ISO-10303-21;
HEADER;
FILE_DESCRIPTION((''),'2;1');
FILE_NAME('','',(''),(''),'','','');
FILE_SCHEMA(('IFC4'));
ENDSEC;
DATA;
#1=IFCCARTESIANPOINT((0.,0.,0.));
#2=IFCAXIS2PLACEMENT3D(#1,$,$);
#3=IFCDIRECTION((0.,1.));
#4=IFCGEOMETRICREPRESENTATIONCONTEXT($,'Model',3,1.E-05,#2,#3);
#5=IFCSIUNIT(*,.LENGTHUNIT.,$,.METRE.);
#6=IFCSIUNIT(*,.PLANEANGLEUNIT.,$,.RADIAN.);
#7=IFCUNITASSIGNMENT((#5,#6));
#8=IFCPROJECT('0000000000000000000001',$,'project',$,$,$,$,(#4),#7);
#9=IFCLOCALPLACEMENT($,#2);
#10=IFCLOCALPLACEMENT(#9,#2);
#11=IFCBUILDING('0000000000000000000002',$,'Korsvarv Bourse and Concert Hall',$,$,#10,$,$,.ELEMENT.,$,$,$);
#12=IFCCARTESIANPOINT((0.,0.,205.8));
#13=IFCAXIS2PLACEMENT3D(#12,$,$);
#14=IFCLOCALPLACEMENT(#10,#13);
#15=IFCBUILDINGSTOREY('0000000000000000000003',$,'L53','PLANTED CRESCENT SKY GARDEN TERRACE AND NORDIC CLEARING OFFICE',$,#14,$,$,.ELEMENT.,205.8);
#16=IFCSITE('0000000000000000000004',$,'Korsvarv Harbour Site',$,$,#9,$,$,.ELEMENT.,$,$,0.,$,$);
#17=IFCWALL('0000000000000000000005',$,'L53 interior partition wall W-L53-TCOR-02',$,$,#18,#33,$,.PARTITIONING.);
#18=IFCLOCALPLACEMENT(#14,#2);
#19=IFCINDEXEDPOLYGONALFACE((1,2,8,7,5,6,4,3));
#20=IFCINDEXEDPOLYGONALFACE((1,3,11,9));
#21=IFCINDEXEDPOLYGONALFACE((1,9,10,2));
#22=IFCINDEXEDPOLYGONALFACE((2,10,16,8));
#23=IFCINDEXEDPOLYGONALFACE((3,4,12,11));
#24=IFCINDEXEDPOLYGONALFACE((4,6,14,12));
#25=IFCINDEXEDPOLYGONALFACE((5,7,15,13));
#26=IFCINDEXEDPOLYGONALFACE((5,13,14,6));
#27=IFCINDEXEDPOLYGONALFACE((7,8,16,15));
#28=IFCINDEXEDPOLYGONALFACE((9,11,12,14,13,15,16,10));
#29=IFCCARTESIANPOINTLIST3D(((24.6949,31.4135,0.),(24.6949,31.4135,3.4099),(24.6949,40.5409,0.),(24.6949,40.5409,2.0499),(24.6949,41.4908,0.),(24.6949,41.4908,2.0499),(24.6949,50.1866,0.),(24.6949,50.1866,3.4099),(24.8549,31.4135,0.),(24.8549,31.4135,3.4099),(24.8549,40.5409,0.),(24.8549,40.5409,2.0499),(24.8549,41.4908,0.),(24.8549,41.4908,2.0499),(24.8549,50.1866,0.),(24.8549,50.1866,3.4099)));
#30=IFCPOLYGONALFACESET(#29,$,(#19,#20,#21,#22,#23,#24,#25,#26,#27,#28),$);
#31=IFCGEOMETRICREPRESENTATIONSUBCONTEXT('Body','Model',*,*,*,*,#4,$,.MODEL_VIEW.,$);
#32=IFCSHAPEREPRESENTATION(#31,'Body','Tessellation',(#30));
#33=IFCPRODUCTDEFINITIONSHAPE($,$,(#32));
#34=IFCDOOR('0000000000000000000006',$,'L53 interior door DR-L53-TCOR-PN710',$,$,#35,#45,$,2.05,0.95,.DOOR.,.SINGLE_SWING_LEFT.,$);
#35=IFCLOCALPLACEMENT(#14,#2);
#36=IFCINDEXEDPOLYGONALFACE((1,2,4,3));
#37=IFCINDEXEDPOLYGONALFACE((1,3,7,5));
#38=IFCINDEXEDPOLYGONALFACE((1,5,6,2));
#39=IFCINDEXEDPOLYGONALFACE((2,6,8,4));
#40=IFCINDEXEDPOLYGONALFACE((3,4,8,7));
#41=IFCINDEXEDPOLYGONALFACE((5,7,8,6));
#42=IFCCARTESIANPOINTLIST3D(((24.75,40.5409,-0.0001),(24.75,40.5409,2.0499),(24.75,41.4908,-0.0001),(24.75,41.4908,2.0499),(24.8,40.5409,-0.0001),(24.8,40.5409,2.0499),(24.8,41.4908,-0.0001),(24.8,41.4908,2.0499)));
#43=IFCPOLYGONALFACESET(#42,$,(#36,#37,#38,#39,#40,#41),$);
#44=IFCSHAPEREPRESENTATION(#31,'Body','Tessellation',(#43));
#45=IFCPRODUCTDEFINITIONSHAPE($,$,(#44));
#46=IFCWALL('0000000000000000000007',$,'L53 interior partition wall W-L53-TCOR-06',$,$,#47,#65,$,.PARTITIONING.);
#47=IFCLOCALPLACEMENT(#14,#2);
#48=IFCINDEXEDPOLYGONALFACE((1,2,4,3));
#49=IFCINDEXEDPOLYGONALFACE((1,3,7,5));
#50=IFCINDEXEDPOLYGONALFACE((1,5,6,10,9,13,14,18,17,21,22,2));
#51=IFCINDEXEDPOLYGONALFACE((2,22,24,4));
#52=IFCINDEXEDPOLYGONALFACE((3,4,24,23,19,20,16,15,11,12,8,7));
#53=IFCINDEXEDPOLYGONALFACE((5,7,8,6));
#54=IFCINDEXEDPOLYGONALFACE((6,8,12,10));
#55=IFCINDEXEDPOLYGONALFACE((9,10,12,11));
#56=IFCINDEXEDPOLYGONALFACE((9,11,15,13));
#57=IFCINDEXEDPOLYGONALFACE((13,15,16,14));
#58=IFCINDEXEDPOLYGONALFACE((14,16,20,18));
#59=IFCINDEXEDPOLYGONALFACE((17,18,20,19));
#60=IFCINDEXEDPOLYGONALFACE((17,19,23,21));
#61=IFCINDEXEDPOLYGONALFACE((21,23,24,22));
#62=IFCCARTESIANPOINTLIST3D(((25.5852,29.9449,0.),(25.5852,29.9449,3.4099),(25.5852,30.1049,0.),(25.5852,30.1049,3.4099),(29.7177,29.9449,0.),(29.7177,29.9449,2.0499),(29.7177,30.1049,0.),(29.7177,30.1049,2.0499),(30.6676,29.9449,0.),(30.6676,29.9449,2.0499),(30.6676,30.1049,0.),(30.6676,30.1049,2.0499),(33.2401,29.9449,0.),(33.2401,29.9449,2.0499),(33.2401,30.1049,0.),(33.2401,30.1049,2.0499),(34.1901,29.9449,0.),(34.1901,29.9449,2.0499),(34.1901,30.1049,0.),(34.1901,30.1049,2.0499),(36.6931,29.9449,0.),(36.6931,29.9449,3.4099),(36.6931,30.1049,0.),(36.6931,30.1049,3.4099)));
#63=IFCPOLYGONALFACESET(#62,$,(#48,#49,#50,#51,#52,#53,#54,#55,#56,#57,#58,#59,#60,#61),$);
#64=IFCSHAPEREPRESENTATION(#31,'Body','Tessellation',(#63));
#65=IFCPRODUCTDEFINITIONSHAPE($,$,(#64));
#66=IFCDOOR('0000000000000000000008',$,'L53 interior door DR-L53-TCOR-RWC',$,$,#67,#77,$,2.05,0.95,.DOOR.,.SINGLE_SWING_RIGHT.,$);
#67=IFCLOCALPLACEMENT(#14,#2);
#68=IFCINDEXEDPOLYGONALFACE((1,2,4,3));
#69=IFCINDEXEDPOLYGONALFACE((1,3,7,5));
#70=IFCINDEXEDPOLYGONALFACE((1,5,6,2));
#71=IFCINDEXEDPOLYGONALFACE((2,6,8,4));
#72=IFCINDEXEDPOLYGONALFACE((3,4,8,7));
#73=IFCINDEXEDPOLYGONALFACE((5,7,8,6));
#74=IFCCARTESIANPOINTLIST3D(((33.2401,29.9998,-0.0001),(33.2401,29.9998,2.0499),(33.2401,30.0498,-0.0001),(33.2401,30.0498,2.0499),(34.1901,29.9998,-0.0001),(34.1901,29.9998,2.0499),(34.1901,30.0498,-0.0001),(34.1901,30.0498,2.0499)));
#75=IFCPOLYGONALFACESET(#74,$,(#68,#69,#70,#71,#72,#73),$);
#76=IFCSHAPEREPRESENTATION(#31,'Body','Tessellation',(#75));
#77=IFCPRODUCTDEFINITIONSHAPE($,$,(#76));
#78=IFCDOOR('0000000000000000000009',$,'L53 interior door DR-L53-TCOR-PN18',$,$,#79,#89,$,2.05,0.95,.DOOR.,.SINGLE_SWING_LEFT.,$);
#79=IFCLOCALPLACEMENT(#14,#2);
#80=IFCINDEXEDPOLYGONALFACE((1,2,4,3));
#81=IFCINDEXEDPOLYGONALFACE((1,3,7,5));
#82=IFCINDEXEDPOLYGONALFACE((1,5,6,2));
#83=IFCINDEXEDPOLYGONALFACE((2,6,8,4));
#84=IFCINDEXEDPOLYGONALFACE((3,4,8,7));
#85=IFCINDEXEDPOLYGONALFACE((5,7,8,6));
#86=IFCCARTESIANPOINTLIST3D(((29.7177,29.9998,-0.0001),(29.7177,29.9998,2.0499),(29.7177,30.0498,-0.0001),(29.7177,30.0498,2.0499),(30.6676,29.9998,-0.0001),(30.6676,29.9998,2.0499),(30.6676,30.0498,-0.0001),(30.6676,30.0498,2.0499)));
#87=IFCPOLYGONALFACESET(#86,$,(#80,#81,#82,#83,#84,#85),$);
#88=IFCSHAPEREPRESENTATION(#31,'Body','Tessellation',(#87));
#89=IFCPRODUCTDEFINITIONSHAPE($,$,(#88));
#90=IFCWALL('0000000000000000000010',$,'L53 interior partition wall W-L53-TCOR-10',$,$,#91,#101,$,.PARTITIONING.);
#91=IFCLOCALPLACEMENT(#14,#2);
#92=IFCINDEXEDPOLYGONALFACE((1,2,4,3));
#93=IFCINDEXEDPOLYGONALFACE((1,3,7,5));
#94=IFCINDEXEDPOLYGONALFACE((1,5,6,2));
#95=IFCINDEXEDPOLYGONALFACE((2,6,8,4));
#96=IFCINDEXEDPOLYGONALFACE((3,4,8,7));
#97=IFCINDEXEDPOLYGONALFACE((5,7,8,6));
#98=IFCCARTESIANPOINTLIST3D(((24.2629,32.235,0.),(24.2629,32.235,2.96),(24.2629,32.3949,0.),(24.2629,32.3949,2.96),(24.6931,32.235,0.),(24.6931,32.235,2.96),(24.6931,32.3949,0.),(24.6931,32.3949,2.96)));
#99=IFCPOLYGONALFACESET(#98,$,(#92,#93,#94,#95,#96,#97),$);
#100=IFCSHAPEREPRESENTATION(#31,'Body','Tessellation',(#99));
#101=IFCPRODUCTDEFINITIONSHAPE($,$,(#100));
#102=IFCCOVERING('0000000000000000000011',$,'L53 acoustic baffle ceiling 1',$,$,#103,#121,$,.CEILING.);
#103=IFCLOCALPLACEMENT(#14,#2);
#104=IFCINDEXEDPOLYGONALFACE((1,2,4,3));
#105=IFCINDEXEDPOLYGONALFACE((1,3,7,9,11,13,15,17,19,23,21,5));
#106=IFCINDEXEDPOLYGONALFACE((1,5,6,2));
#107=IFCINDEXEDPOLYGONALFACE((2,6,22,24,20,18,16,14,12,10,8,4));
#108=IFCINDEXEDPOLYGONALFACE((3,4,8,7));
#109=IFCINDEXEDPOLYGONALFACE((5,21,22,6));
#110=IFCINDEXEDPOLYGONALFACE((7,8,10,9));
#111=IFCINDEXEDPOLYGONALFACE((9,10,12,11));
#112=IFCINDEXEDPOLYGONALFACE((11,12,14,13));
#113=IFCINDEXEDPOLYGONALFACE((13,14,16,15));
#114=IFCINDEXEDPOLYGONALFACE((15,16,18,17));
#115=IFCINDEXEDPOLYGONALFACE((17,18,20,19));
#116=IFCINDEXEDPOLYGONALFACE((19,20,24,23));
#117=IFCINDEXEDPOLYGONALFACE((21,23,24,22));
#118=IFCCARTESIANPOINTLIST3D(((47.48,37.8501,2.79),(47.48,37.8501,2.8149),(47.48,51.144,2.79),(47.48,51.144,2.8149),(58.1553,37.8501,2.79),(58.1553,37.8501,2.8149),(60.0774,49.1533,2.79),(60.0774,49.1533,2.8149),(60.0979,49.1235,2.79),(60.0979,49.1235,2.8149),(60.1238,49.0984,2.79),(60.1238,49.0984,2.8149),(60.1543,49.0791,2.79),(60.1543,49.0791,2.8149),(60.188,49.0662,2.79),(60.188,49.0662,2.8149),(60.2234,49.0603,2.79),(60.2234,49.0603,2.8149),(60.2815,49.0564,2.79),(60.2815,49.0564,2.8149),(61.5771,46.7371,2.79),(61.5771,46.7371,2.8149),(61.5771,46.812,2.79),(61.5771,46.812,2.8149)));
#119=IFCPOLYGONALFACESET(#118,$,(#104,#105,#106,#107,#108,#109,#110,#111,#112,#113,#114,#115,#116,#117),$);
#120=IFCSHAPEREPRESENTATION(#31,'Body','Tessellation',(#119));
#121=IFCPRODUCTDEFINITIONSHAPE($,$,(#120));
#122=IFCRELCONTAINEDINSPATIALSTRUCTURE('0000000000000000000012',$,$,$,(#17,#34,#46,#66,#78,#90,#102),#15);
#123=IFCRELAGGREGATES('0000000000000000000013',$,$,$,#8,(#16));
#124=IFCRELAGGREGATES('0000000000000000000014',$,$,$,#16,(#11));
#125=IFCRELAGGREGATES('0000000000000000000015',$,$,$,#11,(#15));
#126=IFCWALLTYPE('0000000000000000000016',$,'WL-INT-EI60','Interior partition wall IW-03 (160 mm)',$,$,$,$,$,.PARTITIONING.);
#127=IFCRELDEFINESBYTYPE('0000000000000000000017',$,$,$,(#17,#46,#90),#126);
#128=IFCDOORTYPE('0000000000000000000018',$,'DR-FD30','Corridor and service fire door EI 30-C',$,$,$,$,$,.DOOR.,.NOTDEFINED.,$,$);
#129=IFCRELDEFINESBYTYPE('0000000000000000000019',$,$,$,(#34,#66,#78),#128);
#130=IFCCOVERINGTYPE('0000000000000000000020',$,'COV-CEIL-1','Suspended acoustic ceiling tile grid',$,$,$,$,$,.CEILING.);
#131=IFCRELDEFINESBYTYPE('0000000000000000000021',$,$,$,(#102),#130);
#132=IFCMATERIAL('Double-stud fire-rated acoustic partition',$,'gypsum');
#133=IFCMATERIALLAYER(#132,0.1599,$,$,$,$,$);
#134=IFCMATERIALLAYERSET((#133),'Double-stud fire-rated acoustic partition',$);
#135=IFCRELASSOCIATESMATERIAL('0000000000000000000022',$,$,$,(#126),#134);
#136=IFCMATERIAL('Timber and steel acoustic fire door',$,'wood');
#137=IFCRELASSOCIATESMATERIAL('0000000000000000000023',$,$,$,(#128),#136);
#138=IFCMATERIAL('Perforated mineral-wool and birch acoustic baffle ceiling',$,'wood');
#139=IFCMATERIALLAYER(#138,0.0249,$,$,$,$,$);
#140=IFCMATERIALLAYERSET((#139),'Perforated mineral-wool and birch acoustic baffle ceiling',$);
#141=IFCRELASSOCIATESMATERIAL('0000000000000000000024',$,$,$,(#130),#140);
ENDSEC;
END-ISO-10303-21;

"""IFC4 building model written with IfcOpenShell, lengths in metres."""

from ifc_helpers import new_model, si_unit, direction, frame, frame_2d, origin, place, context, subcontext, project, spatial, polyline, rectangle, outline, extrude, material, layer, layer_set, type_object, element, fill, save


model = new_model("IFC4")

# Units and contexts
model_context = context("Model", 3, precision=1e-05, world=origin(), true_north=direction((0.0, 1.0)))
body_context = subcontext(model_context, "Body", "Model", "MODEL_VIEW")
ifc_project = project(units=[si_unit("LENGTHUNIT", "METRE"), si_unit("PLANEANGLEUNIT", "RADIAN")], contexts=[model_context])

# Site, building, storey
site_placement = place(None, origin())
site = spatial("IfcSite", under=ifc_project, at=site_placement, Name="Korsvarv Harbour Site", CompositionType="ELEMENT", RefElevation=0.0)
building_placement = place(site_placement, origin())
building = spatial("IfcBuilding", under=site, at=building_placement, Name="Korsvarv Bourse and Concert Hall", CompositionType="ELEMENT")
storey_placement = place(building_placement, frame((0.0, 0.0, 205.8)))
storey = spatial("IfcBuildingStorey", under=building, at=storey_placement, Name="L53", Description="PLANTED CRESCENT SKY GARDEN TERRACE AND NORDIC CLEARING OFFICE", CompositionType="ELEMENT", Elevation=205.8)

# Wall, opening, door
ifc_material_1 = material(Name="Double-stud fire-rated acoustic partition", Category="gypsum")
ifc_layer_1 = layer(ifc_material_1, 0.1599)
ifc_layer_set_1 = layer_set([ifc_layer_1], Name="Double-stud fire-rated acoustic partition")
wall_type = type_object("IfcWallType", Name="WL-INT-EI60", Description="Interior partition wall IW-03 (160 mm)", PredefinedType="PARTITIONING", material=ifc_layer_set_1)
wall_1_placement = place(storey_placement, frame((24.7749, 31.4133, 0.0), z_axis=(0.0, 0.0, 1.0), x_axis=(0.0, 1.0, 0.0)))
wall_1 = element("IfcWall", 1, at=wall_1_placement, inside=storey, type_object=wall_type, Name="L53 interior partition wall W-L53-TCOR-02", PredefinedType="PARTITIONING", context=body_context, shape_type="SweptSolid", body=[
    extrude(rectangle(XDim=18.7732, YDim=0.1599, at=frame_2d((9.3867, 0.0))), origin(), (0.0, 0.0, 1.0), 3.4099),
])
opening_1_placement = place(wall_1_placement, frame((9.1274, 0.0, 0.0)))
opening_1 = element("IfcOpeningElement", 2, at=opening_1_placement, cuts=wall_1, PredefinedType="OPENING", context=body_context, shape_type="SweptSolid", body=[
    extrude(rectangle(XDim=0.95, YDim=2.05, at=frame_2d((0.4751, 1.0249))), frame((0.0, 0.0898, 0.0), z_axis=(0.0, -1.0, 0.0), x_axis=(1.0, 0.0, 0.0)), (0.0, 0.0, 1.0), 0.1799),
])
ifc_material_2 = material(Name="Timber and steel acoustic fire door", Category="wood")
door_type = type_object("IfcDoorType", Name="DR-FD30", Description="Corridor and service fire door EI 30-C", OperationType="NOTDEFINED", PredefinedType="DOOR", material=ifc_material_2)
door_1_placement = place(opening_1_placement, origin())
door_1 = element("IfcDoor", 3, at=door_1_placement, inside=storey, type_object=door_type, Name="L53 interior door DR-L53-TCOR-PN710", OperationType="SINGLE_SWING_LEFT", OverallHeight=2.05, OverallWidth=0.95, PredefinedType="DOOR", context=body_context, shape_type="SweptSolid", body=[
    extrude(rectangle(XDim=0.95, YDim=2.05, at=frame_2d((0.4751, 1.0249))), frame((0.0, 0.0249, 0.0), z_axis=(0.0, -1.0, 0.0), x_axis=(1.0, 0.0, 0.0)), (0.0, 0.0, 1.0), 0.05),
])
fill(opening_1, door_1)

# Wall, openings, doors
wall_2_placement = place(storey_placement, frame((25.5852, 30.0249, 0.0), z_axis=(0.0, 0.0, 1.0), x_axis=(1.0, 0.0, 0.0)))
wall_2 = element("IfcWall", 4, at=wall_2_placement, inside=storey, type_object=wall_type, Name="L53 interior partition wall W-L53-TCOR-06", PredefinedType="PARTITIONING", context=body_context, shape_type="SweptSolid", body=[
    extrude(rectangle(XDim=11.1079, YDim=0.1599, at=frame_2d((5.554, 0.0))), origin(), (0.0, 0.0, 1.0), 3.4099),
])
opening_2_placement = place(wall_2_placement, frame((7.6548, 0.0, 0.0)))
opening_2 = element("IfcOpeningElement", 5, at=opening_2_placement, cuts=wall_2, PredefinedType="OPENING", context=body_context, shape_type="SweptSolid", body=[
    extrude(rectangle(XDim=0.95, YDim=2.05, at=frame_2d((0.4751, 1.0249))), frame((0.0, 0.0898, 0.0), z_axis=(0.0, -1.0, 0.0), x_axis=(1.0, 0.0, 0.0)), (0.0, 0.0, 1.0), 0.1799),
])
opening_3_placement = place(wall_2_placement, frame((4.1323, 0.0, 0.0)))
opening_3 = element("IfcOpeningElement", 6, at=opening_3_placement, cuts=wall_2, PredefinedType="OPENING", context=body_context, shape_type="SweptSolid", body=[
    extrude(rectangle(XDim=0.95, YDim=2.05, at=frame_2d((0.4751, 1.0249))), frame((0.0, 0.0898, 0.0), z_axis=(0.0, -1.0, 0.0), x_axis=(1.0, 0.0, 0.0)), (0.0, 0.0, 1.0), 0.1799),
])
door_2_placement = place(opening_2_placement, origin())
door_2 = element("IfcDoor", 7, at=door_2_placement, inside=storey, type_object=door_type, Name="L53 interior door DR-L53-TCOR-RWC", OperationType="SINGLE_SWING_RIGHT", OverallHeight=2.05, OverallWidth=0.95, PredefinedType="DOOR", context=body_context, shape_type="SweptSolid", body=[
    extrude(rectangle(XDim=0.95, YDim=2.05, at=frame_2d((0.4751, 1.0249))), frame((0.0, 0.0249, 0.0), z_axis=(0.0, -1.0, 0.0), x_axis=(1.0, 0.0, 0.0)), (0.0, 0.0, 1.0), 0.05),
])
fill(opening_2, door_2)
door_3_placement = place(opening_3_placement, origin())
door_3 = element("IfcDoor", 8, at=door_3_placement, inside=storey, type_object=door_type, Name="L53 interior door DR-L53-TCOR-PN18", OperationType="SINGLE_SWING_LEFT", OverallHeight=2.05, OverallWidth=0.95, PredefinedType="DOOR", context=body_context, shape_type="SweptSolid", body=[
    extrude(rectangle(XDim=0.95, YDim=2.05, at=frame_2d((0.4751, 1.0249))), frame((0.0, 0.0249, 0.0), z_axis=(0.0, -1.0, 0.0), x_axis=(1.0, 0.0, 0.0)), (0.0, 0.0, 1.0), 0.05),
])
fill(opening_3, door_3)

# Wall
wall_3_placement = place(storey_placement, frame((24.2629, 32.3149, 0.0), z_axis=(0.0, 0.0, 1.0), x_axis=(1.0, 0.0, 0.0)))
element("IfcWall", 9, at=wall_3_placement, inside=storey, type_object=wall_type, Name="L53 interior partition wall W-L53-TCOR-10", PredefinedType="PARTITIONING", context=body_context, shape_type="SweptSolid", body=[
    extrude(rectangle(XDim=0.4302, YDim=0.1599, at=frame_2d((0.2151, 0.0))), origin(), (0.0, 0.0, 1.0), 2.96),
])

# Covering
ifc_material_3 = material(Name="Perforated mineral-wool and birch acoustic baffle ceiling", Category="wood")
ifc_layer_2 = layer(ifc_material_3, 0.0249)
ifc_layer_set_2 = layer_set([ifc_layer_2], Name="Perforated mineral-wool and birch acoustic baffle ceiling")
covering_type_1 = type_object("IfcCoveringType", Name="COV-CEIL-1", Description="Suspended acoustic ceiling tile grid", PredefinedType="CEILING", material=ifc_layer_set_2)
covering_1_placement = place(storey_placement, frame((0.0, 0.0, 2.79)))
element("IfcCovering", 10, at=covering_1_placement, inside=storey, type_object=covering_type_1, Name="L53 acoustic baffle ceiling 1", PredefinedType="CEILING", context=body_context, shape_type="SweptSolid", body=[
    extrude(outline(polyline([(60.0774, 49.1533), (60.0979, 49.1235), (60.1238, 49.0984), (60.1543, 49.0791), (60.188, 49.0662), (60.2234, 49.0603), (60.2815, 49.0564), (61.5771, 46.812), (61.5771, 46.7371), (58.1553, 37.8501), (47.48, 37.8501), (47.48, 51.144), (60.0774, 49.1533)])), origin(), (0.0, 0.0, 1.0), 0.0249),
])

save(model, "model.ifc")
